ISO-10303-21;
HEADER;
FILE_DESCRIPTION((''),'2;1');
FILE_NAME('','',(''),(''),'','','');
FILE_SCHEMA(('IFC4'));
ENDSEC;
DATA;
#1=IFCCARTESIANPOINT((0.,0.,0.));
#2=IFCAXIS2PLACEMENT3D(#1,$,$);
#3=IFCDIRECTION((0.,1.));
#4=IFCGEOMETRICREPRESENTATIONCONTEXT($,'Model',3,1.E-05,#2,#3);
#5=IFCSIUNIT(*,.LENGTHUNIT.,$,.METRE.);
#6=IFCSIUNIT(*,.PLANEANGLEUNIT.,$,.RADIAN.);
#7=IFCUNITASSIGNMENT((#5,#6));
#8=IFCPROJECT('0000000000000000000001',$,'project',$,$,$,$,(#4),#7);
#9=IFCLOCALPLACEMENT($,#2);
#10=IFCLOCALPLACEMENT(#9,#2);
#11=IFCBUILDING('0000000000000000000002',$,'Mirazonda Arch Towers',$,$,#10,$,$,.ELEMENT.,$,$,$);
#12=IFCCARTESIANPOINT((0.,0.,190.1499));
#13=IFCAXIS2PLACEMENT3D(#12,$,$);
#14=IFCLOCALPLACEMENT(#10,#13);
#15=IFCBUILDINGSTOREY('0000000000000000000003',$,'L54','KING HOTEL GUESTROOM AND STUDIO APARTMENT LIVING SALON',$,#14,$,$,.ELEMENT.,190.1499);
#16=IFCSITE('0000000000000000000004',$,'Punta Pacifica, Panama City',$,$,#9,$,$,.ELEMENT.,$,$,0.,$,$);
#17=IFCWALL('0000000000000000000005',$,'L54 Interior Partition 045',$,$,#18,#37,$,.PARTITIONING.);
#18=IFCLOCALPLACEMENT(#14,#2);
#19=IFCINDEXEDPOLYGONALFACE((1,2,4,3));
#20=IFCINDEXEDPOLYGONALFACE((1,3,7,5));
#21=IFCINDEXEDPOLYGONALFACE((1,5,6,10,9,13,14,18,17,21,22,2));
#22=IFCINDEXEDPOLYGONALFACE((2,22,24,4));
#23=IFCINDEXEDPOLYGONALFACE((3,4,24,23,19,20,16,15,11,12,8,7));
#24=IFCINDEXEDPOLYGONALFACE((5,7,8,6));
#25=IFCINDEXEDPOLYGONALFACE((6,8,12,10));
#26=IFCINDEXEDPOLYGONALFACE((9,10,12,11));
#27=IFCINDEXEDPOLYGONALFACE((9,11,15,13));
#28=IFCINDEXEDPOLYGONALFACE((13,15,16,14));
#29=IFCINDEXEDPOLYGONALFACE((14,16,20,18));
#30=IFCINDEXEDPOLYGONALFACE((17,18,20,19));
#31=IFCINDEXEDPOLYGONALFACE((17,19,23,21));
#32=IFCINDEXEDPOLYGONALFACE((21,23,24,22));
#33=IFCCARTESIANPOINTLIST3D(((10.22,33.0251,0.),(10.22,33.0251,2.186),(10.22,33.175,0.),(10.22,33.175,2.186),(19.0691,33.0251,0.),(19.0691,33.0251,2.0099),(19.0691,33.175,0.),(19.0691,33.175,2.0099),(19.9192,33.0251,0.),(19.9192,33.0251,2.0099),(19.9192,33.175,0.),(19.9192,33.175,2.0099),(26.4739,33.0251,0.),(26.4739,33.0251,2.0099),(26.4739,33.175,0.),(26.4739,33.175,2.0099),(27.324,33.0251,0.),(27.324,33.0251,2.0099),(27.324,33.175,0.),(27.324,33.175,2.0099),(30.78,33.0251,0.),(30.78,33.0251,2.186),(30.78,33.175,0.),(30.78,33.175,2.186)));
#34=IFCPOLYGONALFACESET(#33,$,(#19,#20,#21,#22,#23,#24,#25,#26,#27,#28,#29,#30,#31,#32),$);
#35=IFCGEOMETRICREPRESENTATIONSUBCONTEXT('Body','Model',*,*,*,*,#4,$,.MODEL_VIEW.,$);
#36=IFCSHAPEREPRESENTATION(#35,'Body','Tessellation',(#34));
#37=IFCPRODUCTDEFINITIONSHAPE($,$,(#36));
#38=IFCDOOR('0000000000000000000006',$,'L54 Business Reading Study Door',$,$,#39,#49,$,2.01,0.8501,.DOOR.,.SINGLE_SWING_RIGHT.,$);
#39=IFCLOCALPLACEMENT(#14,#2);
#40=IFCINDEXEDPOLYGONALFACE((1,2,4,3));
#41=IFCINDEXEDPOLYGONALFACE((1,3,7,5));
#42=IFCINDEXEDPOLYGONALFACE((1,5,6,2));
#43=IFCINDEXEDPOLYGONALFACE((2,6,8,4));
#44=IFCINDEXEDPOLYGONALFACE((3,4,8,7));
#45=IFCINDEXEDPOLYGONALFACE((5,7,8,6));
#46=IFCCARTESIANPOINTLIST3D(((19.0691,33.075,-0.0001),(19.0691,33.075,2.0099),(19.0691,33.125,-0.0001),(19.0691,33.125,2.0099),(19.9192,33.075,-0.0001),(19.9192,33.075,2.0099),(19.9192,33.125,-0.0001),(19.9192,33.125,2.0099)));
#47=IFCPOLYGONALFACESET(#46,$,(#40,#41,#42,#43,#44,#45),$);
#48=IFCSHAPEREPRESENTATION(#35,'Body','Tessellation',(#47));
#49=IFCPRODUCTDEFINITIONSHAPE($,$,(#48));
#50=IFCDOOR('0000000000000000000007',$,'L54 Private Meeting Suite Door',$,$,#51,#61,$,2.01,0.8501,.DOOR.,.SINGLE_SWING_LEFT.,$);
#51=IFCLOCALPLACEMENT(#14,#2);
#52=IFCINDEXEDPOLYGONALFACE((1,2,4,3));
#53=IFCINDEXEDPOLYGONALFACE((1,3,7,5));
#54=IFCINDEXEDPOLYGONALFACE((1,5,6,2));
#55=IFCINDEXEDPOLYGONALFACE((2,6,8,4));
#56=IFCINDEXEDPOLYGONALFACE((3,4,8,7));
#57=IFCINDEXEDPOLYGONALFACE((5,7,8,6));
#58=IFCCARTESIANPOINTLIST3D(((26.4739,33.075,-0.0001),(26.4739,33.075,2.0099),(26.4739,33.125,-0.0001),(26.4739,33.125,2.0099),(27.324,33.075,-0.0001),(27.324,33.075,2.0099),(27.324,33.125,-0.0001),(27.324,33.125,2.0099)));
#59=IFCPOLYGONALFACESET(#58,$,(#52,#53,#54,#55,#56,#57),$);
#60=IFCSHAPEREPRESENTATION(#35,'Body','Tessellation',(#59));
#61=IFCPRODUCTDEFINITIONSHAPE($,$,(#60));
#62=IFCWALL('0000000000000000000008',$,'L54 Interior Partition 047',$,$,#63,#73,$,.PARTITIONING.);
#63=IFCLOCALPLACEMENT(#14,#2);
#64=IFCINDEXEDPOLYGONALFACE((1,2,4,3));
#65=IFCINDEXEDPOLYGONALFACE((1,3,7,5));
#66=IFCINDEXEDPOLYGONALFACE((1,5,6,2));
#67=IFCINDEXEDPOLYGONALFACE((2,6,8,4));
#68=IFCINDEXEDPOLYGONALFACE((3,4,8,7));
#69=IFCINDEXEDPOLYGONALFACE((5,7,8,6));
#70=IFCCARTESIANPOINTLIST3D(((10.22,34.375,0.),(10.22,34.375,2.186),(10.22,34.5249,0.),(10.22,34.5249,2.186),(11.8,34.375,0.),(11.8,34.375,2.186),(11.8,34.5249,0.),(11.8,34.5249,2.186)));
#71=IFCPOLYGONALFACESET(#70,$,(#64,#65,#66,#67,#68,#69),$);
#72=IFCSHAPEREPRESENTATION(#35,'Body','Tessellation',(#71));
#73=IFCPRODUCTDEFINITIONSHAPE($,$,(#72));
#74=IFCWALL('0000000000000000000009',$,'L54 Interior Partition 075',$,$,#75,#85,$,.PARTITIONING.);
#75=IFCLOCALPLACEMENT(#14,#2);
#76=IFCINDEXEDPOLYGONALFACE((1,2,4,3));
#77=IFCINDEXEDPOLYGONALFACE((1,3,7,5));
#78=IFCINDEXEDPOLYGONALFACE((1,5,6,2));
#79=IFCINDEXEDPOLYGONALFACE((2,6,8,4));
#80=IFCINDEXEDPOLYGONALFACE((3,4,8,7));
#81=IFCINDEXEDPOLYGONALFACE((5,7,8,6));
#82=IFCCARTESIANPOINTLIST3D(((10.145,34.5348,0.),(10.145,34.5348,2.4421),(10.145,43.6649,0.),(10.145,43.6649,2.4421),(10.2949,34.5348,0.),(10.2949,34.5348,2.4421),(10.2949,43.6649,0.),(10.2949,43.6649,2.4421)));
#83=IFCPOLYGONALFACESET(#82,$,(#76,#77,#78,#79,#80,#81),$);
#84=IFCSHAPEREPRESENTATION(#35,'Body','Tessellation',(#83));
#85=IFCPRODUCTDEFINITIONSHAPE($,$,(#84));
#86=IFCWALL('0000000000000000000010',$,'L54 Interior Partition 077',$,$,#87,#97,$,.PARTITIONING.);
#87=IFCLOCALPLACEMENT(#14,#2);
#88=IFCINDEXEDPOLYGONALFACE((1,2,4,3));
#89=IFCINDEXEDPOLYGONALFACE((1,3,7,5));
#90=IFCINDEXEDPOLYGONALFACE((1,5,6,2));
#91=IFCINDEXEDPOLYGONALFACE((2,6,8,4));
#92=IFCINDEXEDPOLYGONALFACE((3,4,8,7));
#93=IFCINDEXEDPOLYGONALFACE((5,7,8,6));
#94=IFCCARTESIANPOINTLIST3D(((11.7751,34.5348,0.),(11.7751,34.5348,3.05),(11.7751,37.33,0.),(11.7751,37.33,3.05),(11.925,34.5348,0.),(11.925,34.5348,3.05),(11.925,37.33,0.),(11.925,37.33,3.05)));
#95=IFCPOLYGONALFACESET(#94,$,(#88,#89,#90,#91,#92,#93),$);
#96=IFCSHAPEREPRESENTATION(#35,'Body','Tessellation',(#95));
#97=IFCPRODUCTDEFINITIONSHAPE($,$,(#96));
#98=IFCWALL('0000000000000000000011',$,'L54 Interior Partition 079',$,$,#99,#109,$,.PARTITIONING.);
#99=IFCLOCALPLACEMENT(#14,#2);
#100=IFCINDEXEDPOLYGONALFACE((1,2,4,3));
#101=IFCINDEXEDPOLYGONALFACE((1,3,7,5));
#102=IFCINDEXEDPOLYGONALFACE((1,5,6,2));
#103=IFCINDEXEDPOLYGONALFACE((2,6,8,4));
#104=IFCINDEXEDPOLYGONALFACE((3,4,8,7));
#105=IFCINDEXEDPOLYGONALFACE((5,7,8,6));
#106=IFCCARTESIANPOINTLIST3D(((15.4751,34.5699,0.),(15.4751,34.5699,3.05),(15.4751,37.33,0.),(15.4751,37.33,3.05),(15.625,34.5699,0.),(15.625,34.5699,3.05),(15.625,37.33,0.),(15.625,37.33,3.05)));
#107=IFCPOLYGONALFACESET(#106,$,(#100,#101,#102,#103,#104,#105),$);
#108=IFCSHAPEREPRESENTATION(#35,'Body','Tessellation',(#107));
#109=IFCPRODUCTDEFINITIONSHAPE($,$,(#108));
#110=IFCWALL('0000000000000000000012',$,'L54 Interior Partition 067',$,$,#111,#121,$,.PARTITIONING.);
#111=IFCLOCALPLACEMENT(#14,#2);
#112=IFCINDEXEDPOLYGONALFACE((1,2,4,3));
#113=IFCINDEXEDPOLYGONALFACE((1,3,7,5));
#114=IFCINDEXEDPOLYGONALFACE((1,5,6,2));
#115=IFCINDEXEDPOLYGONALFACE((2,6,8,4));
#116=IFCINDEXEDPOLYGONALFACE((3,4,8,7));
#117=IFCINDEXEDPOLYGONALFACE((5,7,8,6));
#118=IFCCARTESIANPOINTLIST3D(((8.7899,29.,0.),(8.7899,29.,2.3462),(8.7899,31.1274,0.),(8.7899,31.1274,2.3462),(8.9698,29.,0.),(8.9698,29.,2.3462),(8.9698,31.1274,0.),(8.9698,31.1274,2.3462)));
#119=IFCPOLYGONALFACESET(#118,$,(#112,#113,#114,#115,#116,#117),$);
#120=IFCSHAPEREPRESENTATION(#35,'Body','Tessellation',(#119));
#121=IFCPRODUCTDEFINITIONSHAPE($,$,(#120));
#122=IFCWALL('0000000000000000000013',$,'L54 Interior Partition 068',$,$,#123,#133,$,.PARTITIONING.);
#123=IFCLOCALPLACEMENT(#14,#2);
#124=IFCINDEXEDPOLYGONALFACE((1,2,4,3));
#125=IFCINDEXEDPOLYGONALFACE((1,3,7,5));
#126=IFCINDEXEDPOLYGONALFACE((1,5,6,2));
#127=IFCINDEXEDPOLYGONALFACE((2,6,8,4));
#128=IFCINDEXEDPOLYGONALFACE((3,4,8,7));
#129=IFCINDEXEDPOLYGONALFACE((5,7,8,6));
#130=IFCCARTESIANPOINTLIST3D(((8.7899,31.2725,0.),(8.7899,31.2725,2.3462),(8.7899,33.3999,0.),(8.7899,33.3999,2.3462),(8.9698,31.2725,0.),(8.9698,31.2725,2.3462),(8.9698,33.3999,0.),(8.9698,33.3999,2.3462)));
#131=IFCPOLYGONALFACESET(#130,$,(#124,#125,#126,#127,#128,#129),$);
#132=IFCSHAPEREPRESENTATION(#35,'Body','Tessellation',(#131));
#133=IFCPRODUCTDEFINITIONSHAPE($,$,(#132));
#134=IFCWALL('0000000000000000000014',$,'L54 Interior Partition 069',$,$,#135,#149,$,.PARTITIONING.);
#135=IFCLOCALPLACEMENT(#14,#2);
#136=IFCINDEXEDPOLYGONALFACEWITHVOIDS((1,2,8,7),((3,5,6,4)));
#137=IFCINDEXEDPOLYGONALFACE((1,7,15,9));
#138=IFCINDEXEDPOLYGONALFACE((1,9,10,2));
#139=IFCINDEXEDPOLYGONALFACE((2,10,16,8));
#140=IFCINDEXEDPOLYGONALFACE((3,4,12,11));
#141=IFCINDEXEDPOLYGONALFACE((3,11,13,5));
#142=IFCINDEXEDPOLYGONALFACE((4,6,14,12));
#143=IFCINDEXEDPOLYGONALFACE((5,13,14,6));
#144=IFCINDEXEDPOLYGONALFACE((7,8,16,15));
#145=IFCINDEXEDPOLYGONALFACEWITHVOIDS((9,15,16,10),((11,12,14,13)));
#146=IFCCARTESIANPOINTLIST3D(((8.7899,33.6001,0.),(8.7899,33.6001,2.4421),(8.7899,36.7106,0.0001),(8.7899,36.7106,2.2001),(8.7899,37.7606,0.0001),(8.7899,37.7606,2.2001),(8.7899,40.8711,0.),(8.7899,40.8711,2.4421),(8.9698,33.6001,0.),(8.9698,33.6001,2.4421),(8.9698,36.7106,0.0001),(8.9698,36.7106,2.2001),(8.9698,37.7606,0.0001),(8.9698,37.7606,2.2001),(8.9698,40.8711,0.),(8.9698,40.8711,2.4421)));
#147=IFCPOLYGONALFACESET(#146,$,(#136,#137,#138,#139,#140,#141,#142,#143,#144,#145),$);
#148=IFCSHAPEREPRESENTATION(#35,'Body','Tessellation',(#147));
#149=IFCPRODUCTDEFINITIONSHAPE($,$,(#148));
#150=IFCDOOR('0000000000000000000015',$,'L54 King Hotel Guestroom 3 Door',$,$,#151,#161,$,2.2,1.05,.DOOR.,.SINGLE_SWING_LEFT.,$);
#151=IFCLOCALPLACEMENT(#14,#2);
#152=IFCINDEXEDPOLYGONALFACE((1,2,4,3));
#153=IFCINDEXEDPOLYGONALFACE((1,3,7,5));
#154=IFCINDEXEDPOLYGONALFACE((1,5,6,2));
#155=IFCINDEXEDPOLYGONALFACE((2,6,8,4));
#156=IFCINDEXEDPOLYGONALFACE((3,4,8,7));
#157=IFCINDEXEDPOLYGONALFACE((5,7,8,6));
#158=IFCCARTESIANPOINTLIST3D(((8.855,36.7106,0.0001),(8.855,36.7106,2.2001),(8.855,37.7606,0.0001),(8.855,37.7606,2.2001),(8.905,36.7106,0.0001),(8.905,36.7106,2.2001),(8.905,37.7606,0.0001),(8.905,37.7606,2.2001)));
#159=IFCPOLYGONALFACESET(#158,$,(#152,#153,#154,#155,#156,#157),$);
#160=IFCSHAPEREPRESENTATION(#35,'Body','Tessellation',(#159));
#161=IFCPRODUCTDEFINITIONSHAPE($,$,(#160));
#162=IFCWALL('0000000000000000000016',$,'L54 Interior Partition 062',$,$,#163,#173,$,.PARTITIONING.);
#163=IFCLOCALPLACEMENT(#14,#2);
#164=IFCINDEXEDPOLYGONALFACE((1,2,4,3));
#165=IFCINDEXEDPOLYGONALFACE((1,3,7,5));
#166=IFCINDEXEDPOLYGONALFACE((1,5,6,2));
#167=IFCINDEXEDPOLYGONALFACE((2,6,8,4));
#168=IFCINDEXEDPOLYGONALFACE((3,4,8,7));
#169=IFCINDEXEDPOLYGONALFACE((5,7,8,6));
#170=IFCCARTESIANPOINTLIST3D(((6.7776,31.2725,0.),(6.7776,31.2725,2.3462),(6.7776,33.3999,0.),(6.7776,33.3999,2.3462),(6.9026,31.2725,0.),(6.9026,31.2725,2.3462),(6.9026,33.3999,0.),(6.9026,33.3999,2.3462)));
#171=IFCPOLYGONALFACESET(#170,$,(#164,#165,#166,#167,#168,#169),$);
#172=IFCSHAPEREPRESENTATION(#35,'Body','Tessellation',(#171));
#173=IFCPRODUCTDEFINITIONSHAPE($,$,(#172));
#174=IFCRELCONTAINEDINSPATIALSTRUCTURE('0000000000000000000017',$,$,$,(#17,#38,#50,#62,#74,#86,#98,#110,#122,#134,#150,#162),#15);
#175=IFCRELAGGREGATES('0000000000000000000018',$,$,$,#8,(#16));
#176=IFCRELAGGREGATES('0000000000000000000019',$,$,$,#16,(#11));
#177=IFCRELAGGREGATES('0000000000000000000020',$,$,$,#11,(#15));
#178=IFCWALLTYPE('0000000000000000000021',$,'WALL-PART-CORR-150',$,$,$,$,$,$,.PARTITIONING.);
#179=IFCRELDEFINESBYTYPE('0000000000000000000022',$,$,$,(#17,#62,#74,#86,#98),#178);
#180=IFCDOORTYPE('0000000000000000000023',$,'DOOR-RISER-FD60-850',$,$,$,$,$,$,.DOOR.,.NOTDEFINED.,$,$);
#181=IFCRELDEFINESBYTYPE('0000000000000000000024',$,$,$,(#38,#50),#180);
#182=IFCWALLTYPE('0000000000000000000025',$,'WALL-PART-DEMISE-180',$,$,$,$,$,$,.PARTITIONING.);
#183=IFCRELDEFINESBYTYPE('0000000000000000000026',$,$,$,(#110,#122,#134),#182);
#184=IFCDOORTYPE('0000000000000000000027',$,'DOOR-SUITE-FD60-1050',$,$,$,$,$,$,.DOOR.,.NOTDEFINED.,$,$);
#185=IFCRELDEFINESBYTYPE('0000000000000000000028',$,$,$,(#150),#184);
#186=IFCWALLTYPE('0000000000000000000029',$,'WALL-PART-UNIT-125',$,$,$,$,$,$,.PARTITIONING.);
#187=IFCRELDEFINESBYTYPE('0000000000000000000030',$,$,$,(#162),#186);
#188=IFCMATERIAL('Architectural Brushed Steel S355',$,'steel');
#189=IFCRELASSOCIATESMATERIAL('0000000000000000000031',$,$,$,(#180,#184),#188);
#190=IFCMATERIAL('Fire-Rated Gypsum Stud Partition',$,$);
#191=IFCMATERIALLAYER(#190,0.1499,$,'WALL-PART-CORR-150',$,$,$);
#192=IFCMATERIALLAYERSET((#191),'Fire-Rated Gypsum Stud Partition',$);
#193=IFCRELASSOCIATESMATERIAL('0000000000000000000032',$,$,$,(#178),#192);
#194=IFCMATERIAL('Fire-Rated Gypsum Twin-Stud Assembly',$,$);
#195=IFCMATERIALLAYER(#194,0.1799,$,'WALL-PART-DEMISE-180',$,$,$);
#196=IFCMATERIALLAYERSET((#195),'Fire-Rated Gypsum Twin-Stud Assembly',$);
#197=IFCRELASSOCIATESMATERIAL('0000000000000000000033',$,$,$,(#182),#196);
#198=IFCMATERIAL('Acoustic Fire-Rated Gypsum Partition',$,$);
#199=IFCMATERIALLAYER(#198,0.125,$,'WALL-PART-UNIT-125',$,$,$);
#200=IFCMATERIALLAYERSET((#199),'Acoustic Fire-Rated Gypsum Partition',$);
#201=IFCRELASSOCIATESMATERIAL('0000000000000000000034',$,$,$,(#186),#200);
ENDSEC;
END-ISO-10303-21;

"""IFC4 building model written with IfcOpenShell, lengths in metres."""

from ifc_helpers import new_model, si_unit, direction, frame, frame_2d, origin, place, context, subcontext, project, spatial, rectangle, extrude, material, layer, layer_set, type_object, element, fill, save


model = new_model("IFC4")

# Units and contexts
model_context = context("Model", 3, precision=1e-05, world=origin(), true_north=direction((0.0, 1.0)))
body_context = subcontext(model_context, "Body", "Model", "MODEL_VIEW")
ifc_project = project(units=[si_unit("LENGTHUNIT", "METRE"), si_unit("PLANEANGLEUNIT", "RADIAN")], contexts=[model_context])

# Site, building, storey
site_placement = place(None, origin())
site = spatial("IfcSite", under=ifc_project, at=site_placement, Name="Punta Pacifica, Panama City", CompositionType="ELEMENT", RefElevation=0.0)
building_placement = place(site_placement, origin())
building = spatial("IfcBuilding", under=site, at=building_placement, Name="Mirazonda Arch Towers", CompositionType="ELEMENT")
storey_placement = place(building_placement, frame((0.0, 0.0, 190.1499)))
storey = spatial("IfcBuildingStorey", under=building, at=storey_placement, Name="L54", Description="KING HOTEL GUESTROOM AND STUDIO APARTMENT LIVING SALON", CompositionType="ELEMENT", Elevation=190.1499)

# Wall, openings, doors
ifc_material_1 = material(Name="Architectural Brushed Steel S355", Category="steel")
door_type_1 = type_object("IfcDoorType", Name="DOOR-RISER-FD60-850", OperationType="NOTDEFINED", PredefinedType="DOOR", material=ifc_material_1)
ifc_material_2 = material(Name="Fire-Rated Gypsum Stud Partition")
ifc_layer_1 = layer(ifc_material_2, 0.1499, Name="WALL-PART-CORR-150")
ifc_layer_set_1 = layer_set([ifc_layer_1], Name="Fire-Rated Gypsum Stud Partition")
wall_type_1 = type_object("IfcWallType", Name="WALL-PART-CORR-150", PredefinedType="PARTITIONING", material=ifc_layer_set_1)
wall_1_placement = place(storey_placement, frame((10.22, 33.1001, 0.0), z_axis=(0.0, 0.0, 1.0), x_axis=(1.0, 0.0, 0.0)))
wall_1 = element("IfcWall", 1, at=wall_1_placement, inside=storey, type_object=wall_type_1, Name="L54 Interior Partition 045", PredefinedType="PARTITIONING", context=body_context, shape_type="SweptSolid", body=[
    extrude(rectangle(XDim=20.5601, YDim=0.1499, at=frame_2d((10.28, 0.0))), origin(), (0.0, 0.0, 1.0), 2.186),
])
opening_1_placement = place(wall_1_placement, frame((8.8491, 0.0, 0.0)))
opening_1 = element("IfcOpeningElement", 2, at=opening_1_placement, cuts=wall_1, PredefinedType="OPENING", context=body_context, shape_type="SweptSolid", body=[
    extrude(rectangle(XDim=0.8501, YDim=2.01, at=frame_2d((0.425, 1.0049))), frame((0.0, 0.085, 0.0), z_axis=(0.0, -1.0, 0.0), x_axis=(1.0, 0.0, 0.0)), (0.0, 0.0, 1.0), 0.1699),
])
opening_2_placement = place(wall_1_placement, frame((16.2539, 0.0, 0.0)))
opening_2 = element("IfcOpeningElement", 3, at=opening_2_placement, cuts=wall_1, PredefinedType="OPENING", context=body_context, shape_type="SweptSolid", body=[
    extrude(rectangle(XDim=0.8501, YDim=2.01, at=frame_2d((0.425, 1.0049))), frame((0.0, 0.085, 0.0), z_axis=(0.0, -1.0, 0.0), x_axis=(1.0, 0.0, 0.0)), (0.0, 0.0, 1.0), 0.1699),
])
door_1_placement = place(opening_1_placement, origin())
door_1 = element("IfcDoor", 4, at=door_1_placement, inside=storey, type_object=door_type_1, Name="L54 Business Reading Study Door", OperationType="SINGLE_SWING_RIGHT", OverallHeight=2.01, OverallWidth=0.8501, PredefinedType="DOOR", context=body_context, shape_type="SweptSolid", body=[
    extrude(rectangle(XDim=0.8501, YDim=2.01, at=frame_2d((0.425, 1.0049))), frame((0.0, 0.0249, 0.0), z_axis=(0.0, -1.0, 0.0), x_axis=(1.0, 0.0, 0.0)), (0.0, 0.0, 1.0), 0.05),
])
fill(opening_1, door_1)
door_2_placement = place(opening_2_placement, origin())
door_2 = element("IfcDoor", 5, at=door_2_placement, inside=storey, type_object=door_type_1, Name="L54 Private Meeting Suite Door", OperationType="SINGLE_SWING_LEFT", OverallHeight=2.01, OverallWidth=0.8501, PredefinedType="DOOR", context=body_context, shape_type="SweptSolid", body=[
    extrude(rectangle(XDim=0.8501, YDim=2.01, at=frame_2d((0.425, 1.0049))), frame((0.0, 0.0249, 0.0), z_axis=(0.0, -1.0, 0.0), x_axis=(1.0, 0.0, 0.0)), (0.0, 0.0, 1.0), 0.05),
])
fill(opening_2, door_2)

# Walls
wall_2_placement = place(storey_placement, frame((10.22, 34.45, 0.0), z_axis=(0.0, 0.0, 1.0), x_axis=(1.0, 0.0, 0.0)))
element("IfcWall", 6, at=wall_2_placement, inside=storey, type_object=wall_type_1, Name="L54 Interior Partition 047", PredefinedType="PARTITIONING", context=body_context, shape_type="SweptSolid", body=[
    extrude(rectangle(XDim=1.5801, YDim=0.1499, at=frame_2d((0.79, 0.0))), origin(), (0.0, 0.0, 1.0), 2.186),
])
wall_3_placement = place(storey_placement, frame((10.22, 34.5349, 0.0), z_axis=(0.0, 0.0, 1.0), x_axis=(0.0, 1.0, 0.0)))
element("IfcWall", 7, at=wall_3_placement, inside=storey, type_object=wall_type_1, Name="L54 Interior Partition 075", PredefinedType="PARTITIONING", context=body_context, shape_type="SweptSolid", body=[
    extrude(rectangle(XDim=9.1301, YDim=0.1499, at=frame_2d((4.5649, 0.0))), origin(), (0.0, 0.0, 1.0), 2.4421),
])
wall_4_placement = place(storey_placement, frame((11.8501, 34.5349, 0.0), z_axis=(0.0, 0.0, 1.0), x_axis=(0.0, 1.0, 0.0)))
element("IfcWall", 8, at=wall_4_placement, inside=storey, type_object=wall_type_1, Name="L54 Interior Partition 077", PredefinedType="PARTITIONING", context=body_context, shape_type="SweptSolid", body=[
    extrude(rectangle(XDim=2.7952, YDim=0.1499, at=frame_2d((1.3975, 0.0))), origin(), (0.0, 0.0, 1.0), 3.05),
])
wall_5_placement = place(storey_placement, frame((15.55, 34.5701, 0.0), z_axis=(0.0, 0.0, 1.0), x_axis=(0.0, 1.0, 0.0)))
element("IfcWall", 9, at=wall_5_placement, inside=storey, type_object=wall_type_1, Name="L54 Interior Partition 079", PredefinedType="PARTITIONING", context=body_context, shape_type="SweptSolid", body=[
    extrude(rectangle(XDim=2.76, YDim=0.1499, at=frame_2d((1.3799, 0.0))), origin(), (0.0, 0.0, 1.0), 3.05),
])
ifc_material_3 = material(Name="Fire-Rated Gypsum Twin-Stud Assembly")
ifc_layer_2 = layer(ifc_material_3, 0.1799, Name="WALL-PART-DEMISE-180")
ifc_layer_set_2 = layer_set([ifc_layer_2], Name="Fire-Rated Gypsum Twin-Stud Assembly")
wall_type_2 = type_object("IfcWallType", Name="WALL-PART-DEMISE-180", PredefinedType="PARTITIONING", material=ifc_layer_set_2)
for number, where, z_axis, x_axis, name in (
    (10, (8.8799, 29.0, 0.0), (0.0, 0.0, 1.0), (0.0, 1.0, 0.0), "L54 Interior Partition 067"),
    (11, (8.8799, 31.2725, 0.0), (0.0, 0.0, 1.0), (0.0, 1.0, 0.0), "L54 Interior Partition 068"),
):
    element("IfcWall", number, at=place(storey_placement, frame(where, z_axis=z_axis, x_axis=x_axis)), inside=storey, type_object=wall_type_2, Name=name, PredefinedType="PARTITIONING", context=body_context, shape_type="SweptSolid", body=[
        extrude(rectangle(XDim=2.1274, YDim=0.1799, at=frame_2d((1.0637, 0.0))), origin(), (0.0, 0.0, 1.0), 2.3462),
    ])

# Wall, opening, door
wall_6_placement = place(storey_placement, frame((8.8799, 33.6001, 0.0), z_axis=(0.0, 0.0, 1.0), x_axis=(0.0, 1.0, 0.0)))
wall_6 = element("IfcWall", 12, at=wall_6_placement, inside=storey, type_object=wall_type_2, Name="L54 Interior Partition 069", PredefinedType="PARTITIONING", context=body_context, shape_type="SweptSolid", body=[
    extrude(rectangle(XDim=7.271, YDim=0.1799, at=frame_2d((3.6355, 0.0))), origin(), (0.0, 0.0, 1.0), 2.4421),
])
opening_3_placement = place(wall_6_placement, frame((3.1106, 0.0, 0.0)))
opening_3 = element("IfcOpeningElement", 13, at=opening_3_placement, cuts=wall_6, PredefinedType="OPENING", context=body_context, shape_type="SweptSolid", body=[
    extrude(rectangle(XDim=1.05, YDim=2.2, at=frame_2d((0.5249, 1.1001))), frame((0.0, 0.0999, 0.0), z_axis=(0.0, -1.0, 0.0), x_axis=(1.0, 0.0, 0.0)), (0.0, 0.0, 1.0), 0.2),
])
door_type_2 = type_object("IfcDoorType", Name="DOOR-SUITE-FD60-1050", OperationType="NOTDEFINED", PredefinedType="DOOR", material=ifc_material_1)
door_3_placement = place(opening_3_placement, origin())
door_3 = element("IfcDoor", 14, at=door_3_placement, inside=storey, type_object=door_type_2, Name="L54 King Hotel Guestroom 3 Door", OperationType="SINGLE_SWING_LEFT", OverallHeight=2.2, OverallWidth=1.05, PredefinedType="DOOR", context=body_context, shape_type="SweptSolid", body=[
    extrude(rectangle(XDim=1.05, YDim=2.2, at=frame_2d((0.5249, 1.1001))), frame((0.0, 0.0249, 0.0), z_axis=(0.0, -1.0, 0.0), x_axis=(1.0, 0.0, 0.0)), (0.0, 0.0, 1.0), 0.05),
])
fill(opening_3, door_3)

# Wall
ifc_material_4 = material(Name="Acoustic Fire-Rated Gypsum Partition")
ifc_layer_3 = layer(ifc_material_4, 0.125, Name="WALL-PART-UNIT-125")
ifc_layer_set_3 = layer_set([ifc_layer_3], Name="Acoustic Fire-Rated Gypsum Partition")
wall_type_3 = type_object("IfcWallType", Name="WALL-PART-UNIT-125", PredefinedType="PARTITIONING", material=ifc_layer_set_3)
wall_7_placement = place(storey_placement, frame((6.8401, 31.2725, 0.0), z_axis=(0.0, 0.0, 1.0), x_axis=(0.0, 1.0, 0.0)))
element("IfcWall", 15, at=wall_7_placement, inside=storey, type_object=wall_type_3, Name="L54 Interior Partition 062", PredefinedType="PARTITIONING", context=body_context, shape_type="SweptSolid", body=[
    extrude(rectangle(XDim=2.1274, YDim=0.125, at=frame_2d((1.0637, 0.0))), origin(), (0.0, 0.0, 1.0), 2.3462),
])

save(model, "model.ifc")
